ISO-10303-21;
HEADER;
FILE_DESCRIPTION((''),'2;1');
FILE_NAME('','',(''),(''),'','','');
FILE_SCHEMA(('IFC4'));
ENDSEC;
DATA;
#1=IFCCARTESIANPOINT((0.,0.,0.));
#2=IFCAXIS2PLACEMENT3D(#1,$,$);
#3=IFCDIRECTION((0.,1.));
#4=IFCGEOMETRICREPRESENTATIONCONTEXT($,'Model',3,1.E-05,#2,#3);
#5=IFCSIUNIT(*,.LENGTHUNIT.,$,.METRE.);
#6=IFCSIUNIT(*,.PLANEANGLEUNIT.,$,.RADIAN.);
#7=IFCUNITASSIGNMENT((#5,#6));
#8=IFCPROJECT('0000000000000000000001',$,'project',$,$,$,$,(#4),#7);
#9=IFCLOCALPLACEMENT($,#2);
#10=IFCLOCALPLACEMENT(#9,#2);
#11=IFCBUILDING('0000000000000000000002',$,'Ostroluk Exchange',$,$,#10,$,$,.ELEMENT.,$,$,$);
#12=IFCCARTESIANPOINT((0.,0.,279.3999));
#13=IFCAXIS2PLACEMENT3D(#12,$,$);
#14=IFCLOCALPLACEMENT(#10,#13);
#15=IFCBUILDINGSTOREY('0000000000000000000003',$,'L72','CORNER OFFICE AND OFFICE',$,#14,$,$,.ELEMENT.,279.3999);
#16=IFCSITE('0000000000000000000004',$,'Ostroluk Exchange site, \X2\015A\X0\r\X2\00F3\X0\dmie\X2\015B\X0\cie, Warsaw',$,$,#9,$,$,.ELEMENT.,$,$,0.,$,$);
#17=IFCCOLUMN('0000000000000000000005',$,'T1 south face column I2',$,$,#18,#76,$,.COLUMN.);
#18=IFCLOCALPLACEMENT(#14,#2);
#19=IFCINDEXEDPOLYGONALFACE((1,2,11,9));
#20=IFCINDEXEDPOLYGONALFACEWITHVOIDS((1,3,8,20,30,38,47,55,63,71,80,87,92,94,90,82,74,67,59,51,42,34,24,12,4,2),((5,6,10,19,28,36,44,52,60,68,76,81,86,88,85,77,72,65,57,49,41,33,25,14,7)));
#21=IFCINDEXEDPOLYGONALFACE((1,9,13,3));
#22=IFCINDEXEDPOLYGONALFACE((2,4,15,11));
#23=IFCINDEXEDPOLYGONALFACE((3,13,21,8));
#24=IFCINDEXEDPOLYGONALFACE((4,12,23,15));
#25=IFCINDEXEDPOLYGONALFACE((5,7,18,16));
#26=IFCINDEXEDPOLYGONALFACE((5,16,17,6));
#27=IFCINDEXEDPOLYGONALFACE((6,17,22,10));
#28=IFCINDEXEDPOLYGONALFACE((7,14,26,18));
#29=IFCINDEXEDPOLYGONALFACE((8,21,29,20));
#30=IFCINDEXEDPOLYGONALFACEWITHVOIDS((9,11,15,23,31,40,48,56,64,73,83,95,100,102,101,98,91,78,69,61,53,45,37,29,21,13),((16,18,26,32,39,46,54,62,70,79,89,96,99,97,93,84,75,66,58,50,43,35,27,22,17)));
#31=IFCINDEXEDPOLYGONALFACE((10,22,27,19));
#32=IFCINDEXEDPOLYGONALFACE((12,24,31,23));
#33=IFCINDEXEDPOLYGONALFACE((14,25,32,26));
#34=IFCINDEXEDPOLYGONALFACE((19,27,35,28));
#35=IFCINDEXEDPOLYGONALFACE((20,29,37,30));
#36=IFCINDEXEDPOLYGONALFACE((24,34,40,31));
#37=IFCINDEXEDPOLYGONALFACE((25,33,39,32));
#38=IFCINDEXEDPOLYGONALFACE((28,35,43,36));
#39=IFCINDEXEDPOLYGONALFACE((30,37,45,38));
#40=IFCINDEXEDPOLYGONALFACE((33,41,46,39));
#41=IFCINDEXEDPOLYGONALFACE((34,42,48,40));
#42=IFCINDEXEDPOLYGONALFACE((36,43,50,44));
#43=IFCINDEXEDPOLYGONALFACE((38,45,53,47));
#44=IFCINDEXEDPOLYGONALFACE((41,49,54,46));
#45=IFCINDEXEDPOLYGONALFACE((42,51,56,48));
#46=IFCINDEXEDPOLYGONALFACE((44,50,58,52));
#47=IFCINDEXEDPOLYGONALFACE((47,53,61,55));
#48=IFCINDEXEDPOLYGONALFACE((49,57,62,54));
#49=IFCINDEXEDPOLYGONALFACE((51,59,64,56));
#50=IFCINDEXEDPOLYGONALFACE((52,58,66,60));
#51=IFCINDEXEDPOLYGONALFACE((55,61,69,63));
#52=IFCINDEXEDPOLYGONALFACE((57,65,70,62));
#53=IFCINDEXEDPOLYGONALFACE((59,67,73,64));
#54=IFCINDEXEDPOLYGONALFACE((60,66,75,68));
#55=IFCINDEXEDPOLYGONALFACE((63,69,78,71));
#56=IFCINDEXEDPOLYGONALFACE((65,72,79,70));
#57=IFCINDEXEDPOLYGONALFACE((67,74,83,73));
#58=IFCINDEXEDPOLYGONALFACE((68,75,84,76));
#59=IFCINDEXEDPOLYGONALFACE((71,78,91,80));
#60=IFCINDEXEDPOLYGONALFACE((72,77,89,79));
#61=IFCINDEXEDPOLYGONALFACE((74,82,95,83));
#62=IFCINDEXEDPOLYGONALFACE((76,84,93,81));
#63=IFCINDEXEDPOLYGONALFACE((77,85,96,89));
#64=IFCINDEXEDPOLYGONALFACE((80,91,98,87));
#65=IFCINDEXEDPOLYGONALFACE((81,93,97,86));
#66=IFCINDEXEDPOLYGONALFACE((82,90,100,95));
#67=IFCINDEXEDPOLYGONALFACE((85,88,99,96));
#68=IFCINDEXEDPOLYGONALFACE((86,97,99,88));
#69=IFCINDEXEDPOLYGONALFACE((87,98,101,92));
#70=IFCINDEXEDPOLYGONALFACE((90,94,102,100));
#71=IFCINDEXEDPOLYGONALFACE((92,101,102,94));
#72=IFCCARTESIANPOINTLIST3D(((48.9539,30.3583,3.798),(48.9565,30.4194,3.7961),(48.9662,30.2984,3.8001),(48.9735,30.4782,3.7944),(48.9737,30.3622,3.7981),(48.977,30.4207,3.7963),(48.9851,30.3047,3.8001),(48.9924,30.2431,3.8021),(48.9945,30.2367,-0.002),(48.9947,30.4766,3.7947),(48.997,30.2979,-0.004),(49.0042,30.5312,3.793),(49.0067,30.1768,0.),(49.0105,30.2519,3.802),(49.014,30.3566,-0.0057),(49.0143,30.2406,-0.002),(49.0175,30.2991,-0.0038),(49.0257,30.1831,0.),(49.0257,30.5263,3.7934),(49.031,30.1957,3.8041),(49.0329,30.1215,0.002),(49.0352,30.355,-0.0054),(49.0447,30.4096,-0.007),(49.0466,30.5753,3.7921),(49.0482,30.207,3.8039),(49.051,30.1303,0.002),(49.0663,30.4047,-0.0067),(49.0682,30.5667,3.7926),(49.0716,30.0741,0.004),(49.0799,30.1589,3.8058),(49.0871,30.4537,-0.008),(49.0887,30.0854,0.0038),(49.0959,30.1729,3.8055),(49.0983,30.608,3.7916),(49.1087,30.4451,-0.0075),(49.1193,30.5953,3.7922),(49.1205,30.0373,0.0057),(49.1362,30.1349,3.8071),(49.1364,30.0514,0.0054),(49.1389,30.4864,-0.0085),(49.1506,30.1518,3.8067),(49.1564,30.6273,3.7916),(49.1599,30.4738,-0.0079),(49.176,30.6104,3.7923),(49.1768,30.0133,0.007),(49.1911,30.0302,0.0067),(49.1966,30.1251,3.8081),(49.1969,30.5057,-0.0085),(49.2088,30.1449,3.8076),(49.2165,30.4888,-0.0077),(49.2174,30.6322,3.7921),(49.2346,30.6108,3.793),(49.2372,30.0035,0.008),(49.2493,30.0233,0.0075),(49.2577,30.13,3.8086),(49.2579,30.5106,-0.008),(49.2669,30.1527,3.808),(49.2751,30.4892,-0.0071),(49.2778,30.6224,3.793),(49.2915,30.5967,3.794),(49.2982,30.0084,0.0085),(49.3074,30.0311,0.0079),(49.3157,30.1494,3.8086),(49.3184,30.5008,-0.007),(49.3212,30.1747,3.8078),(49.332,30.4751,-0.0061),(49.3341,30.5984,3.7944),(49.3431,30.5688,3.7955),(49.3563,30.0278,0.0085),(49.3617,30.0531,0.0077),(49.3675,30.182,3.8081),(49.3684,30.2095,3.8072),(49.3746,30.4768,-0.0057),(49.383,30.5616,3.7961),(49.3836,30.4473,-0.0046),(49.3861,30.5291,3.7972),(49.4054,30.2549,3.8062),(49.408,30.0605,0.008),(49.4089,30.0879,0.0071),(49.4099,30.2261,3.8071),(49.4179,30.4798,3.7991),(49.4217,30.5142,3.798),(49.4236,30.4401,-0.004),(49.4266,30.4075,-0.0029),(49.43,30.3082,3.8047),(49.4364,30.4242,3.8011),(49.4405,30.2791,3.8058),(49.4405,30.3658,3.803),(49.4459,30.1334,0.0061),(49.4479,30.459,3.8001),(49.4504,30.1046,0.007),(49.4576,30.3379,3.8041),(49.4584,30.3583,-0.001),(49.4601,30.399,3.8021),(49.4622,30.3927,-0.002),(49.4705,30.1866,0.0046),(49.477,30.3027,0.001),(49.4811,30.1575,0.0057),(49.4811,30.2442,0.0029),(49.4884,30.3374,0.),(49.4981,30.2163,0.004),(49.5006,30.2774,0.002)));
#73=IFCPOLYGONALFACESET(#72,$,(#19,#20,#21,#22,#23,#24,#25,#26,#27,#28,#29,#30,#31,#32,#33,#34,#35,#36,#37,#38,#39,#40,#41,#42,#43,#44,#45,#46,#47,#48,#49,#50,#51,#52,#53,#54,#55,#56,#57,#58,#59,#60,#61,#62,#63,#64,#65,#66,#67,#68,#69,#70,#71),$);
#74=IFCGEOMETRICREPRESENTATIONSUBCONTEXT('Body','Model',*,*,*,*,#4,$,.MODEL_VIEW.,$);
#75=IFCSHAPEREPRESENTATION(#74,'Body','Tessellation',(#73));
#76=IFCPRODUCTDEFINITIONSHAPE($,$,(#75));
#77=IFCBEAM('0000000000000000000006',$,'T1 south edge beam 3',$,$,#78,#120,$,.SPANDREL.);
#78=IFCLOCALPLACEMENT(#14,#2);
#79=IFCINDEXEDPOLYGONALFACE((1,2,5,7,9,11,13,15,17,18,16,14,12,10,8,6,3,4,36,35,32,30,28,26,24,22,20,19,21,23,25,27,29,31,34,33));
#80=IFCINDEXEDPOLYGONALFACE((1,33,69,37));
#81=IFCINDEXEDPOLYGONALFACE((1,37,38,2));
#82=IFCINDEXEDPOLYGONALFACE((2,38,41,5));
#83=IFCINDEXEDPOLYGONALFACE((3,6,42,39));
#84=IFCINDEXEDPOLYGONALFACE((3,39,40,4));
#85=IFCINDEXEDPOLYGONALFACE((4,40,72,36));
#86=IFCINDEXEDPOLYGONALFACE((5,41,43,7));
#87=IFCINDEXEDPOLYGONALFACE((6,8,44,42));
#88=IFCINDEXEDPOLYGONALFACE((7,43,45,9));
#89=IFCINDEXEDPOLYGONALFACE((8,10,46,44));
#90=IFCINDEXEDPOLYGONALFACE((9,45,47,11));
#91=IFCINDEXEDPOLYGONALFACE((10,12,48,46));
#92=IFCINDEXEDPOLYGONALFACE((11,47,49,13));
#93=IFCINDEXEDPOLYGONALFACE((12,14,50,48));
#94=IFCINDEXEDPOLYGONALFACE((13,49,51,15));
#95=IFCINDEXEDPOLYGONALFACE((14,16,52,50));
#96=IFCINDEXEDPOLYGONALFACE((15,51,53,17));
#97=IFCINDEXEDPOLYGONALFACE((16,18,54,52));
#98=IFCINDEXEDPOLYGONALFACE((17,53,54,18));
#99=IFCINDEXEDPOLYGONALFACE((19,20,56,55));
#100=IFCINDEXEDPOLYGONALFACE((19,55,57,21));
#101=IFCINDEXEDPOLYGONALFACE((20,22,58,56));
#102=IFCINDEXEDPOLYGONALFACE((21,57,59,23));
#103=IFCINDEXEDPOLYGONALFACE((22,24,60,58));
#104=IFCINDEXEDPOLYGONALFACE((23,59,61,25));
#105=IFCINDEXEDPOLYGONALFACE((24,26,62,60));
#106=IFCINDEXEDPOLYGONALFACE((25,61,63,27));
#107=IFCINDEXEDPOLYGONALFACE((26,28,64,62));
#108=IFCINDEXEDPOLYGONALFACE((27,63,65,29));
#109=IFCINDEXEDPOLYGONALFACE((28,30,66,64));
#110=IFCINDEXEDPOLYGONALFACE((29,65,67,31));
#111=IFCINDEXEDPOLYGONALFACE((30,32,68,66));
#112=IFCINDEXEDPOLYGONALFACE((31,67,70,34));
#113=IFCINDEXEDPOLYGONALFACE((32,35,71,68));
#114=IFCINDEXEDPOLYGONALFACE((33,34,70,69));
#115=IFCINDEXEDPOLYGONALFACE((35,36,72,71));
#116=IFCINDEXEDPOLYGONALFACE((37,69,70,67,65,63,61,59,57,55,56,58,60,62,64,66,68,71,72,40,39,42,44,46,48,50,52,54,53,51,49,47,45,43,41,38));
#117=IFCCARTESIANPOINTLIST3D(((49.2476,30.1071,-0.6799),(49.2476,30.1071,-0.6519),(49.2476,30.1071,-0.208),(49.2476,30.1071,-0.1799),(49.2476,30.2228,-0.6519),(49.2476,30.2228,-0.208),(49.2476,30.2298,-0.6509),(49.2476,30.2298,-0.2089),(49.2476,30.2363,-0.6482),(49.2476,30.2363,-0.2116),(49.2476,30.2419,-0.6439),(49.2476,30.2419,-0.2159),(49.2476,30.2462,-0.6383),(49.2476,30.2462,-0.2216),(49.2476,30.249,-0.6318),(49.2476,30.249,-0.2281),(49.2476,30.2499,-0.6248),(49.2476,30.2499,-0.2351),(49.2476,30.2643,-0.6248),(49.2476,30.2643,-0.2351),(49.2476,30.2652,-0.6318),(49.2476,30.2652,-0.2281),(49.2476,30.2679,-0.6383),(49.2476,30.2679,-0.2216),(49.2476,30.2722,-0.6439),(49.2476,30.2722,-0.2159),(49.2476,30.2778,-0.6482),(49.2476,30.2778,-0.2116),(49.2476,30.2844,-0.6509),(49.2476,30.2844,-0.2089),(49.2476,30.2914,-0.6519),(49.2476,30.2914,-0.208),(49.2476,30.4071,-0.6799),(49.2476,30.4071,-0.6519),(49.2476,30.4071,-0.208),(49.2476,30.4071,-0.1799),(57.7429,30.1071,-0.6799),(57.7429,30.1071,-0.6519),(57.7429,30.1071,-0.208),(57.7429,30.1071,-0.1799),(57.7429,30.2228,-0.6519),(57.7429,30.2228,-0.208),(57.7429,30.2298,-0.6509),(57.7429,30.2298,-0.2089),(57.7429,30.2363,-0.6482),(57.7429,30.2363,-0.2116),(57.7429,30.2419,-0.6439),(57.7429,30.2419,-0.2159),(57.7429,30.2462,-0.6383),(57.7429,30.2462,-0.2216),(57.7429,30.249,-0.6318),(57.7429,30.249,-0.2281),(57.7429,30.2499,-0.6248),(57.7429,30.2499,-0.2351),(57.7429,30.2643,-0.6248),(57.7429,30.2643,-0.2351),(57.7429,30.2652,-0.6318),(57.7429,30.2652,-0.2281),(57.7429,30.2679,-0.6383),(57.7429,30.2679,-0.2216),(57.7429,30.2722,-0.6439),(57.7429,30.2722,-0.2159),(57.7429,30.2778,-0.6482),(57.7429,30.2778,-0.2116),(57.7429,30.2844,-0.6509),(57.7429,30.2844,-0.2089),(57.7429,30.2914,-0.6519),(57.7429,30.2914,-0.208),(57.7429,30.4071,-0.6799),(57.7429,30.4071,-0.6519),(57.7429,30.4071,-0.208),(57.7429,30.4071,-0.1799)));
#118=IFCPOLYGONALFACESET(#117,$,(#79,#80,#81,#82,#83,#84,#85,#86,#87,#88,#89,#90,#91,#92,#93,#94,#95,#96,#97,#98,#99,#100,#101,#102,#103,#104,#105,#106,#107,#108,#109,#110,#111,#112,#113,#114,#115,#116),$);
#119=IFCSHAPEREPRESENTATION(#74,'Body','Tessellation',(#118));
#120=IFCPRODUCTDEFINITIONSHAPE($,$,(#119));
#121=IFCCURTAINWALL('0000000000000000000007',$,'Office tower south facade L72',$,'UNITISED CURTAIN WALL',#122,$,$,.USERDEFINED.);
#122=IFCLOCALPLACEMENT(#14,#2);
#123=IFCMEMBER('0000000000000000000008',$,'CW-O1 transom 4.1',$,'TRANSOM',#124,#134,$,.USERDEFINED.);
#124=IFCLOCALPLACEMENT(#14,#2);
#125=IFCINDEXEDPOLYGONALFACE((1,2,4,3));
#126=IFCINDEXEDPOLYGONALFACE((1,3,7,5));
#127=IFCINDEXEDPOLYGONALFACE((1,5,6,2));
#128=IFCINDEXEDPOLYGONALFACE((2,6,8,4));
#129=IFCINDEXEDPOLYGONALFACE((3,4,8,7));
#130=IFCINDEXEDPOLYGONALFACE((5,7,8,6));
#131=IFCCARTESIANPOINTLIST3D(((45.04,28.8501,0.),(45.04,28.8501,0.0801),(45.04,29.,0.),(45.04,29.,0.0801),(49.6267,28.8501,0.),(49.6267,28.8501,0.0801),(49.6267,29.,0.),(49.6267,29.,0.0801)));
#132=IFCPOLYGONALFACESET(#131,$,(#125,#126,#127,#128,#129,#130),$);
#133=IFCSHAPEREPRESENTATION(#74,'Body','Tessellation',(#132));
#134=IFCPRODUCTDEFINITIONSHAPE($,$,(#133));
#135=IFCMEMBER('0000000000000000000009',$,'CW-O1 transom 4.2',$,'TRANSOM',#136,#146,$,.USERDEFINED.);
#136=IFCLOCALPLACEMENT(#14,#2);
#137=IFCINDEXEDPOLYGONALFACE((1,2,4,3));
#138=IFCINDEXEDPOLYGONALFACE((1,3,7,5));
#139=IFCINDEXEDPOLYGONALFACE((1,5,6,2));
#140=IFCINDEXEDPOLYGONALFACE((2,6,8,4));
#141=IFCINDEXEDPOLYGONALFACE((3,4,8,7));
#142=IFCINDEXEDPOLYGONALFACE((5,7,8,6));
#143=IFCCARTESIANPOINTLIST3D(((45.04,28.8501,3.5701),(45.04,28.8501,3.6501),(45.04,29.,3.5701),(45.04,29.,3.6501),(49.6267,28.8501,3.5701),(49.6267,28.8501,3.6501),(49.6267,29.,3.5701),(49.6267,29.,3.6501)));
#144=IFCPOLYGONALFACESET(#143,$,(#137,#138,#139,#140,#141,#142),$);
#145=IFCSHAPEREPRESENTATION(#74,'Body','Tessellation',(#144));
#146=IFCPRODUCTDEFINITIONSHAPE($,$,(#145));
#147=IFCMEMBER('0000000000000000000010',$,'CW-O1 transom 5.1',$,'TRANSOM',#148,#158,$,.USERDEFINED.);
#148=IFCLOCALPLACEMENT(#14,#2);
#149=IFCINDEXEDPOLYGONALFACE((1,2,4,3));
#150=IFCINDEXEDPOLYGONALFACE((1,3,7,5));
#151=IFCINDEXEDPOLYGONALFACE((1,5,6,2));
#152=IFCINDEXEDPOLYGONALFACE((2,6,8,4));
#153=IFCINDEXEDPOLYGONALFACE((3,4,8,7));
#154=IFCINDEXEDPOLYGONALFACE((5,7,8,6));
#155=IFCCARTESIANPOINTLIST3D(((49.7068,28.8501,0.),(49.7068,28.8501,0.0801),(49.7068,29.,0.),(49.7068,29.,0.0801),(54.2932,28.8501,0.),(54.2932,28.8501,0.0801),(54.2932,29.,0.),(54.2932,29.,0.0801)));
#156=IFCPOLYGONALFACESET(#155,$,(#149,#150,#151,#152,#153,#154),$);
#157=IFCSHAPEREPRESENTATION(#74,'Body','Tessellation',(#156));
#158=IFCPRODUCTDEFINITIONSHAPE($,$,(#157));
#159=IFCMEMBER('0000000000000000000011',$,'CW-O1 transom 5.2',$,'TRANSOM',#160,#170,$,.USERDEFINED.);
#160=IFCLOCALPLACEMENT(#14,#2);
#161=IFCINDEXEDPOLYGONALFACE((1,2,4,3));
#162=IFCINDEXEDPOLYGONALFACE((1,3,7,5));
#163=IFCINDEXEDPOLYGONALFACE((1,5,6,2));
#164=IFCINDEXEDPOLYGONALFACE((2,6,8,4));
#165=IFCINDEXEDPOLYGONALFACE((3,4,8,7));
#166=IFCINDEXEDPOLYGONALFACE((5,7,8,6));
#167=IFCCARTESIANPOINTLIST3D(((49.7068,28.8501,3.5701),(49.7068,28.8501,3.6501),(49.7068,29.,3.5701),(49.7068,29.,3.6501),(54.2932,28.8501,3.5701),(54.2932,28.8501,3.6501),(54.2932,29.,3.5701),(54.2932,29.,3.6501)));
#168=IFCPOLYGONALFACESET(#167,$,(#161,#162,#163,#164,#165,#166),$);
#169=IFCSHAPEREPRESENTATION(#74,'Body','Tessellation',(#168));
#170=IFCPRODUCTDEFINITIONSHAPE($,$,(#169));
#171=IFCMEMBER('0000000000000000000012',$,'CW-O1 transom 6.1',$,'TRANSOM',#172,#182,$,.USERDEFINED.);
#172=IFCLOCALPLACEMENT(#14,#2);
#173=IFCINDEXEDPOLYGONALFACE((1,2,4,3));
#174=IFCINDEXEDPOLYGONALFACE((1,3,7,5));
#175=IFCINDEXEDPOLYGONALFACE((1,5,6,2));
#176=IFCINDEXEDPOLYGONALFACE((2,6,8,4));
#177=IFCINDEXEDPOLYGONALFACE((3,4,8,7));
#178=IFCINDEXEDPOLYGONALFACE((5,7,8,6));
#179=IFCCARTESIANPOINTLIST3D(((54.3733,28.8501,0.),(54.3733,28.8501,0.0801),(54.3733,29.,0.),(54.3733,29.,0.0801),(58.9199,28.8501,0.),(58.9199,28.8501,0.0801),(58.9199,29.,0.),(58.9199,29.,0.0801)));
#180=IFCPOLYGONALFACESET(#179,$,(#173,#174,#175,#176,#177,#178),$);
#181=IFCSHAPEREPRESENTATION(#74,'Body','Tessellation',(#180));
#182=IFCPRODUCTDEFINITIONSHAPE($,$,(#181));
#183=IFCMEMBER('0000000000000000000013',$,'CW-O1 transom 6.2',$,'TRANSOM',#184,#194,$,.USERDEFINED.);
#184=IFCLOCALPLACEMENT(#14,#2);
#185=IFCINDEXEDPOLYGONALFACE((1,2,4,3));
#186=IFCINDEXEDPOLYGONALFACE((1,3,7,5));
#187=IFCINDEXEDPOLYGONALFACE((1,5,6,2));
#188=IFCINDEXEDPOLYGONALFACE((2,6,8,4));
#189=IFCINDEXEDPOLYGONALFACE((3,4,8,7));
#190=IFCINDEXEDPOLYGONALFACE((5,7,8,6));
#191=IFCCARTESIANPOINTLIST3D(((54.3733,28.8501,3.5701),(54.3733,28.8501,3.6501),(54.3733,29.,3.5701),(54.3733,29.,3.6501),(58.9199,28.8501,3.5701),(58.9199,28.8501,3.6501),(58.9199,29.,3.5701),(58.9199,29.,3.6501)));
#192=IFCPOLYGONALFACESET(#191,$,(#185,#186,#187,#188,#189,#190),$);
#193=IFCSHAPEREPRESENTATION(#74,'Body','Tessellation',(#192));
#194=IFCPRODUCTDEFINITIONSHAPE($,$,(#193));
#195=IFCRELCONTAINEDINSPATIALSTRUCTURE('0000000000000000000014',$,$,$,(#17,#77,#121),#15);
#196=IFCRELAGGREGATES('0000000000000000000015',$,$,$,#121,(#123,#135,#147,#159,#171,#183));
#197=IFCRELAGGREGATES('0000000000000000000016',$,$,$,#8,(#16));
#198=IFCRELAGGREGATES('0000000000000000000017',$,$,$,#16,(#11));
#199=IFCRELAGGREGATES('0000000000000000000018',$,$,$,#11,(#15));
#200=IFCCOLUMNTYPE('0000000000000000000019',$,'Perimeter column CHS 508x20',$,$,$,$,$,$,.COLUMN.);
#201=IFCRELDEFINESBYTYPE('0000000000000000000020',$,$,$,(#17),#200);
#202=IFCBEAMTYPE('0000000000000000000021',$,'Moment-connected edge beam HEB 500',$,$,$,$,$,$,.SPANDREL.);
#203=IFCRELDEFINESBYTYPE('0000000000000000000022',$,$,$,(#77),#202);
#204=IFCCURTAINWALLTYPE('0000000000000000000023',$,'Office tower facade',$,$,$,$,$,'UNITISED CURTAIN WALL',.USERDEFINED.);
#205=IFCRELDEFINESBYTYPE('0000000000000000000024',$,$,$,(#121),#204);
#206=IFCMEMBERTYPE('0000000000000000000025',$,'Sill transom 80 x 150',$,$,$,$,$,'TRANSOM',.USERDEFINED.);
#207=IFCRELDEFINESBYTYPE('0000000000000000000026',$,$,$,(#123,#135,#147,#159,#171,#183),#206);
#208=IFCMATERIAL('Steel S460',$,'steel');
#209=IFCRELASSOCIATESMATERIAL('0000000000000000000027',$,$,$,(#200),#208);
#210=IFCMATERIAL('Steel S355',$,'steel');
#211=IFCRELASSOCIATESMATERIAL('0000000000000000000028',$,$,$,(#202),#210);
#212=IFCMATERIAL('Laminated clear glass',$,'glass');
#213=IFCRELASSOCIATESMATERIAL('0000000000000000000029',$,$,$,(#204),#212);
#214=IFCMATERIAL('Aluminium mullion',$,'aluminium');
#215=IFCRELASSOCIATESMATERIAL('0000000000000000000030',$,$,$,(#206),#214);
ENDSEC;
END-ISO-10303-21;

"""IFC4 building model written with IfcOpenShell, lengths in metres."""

from ifc_helpers import new_model, si_unit, direction, frame, origin, origin_2d, place, context, subcontext, project, spatial, rectangle, hollow_circle, i_section, extrude, material, material_profile, profile_set, type_object, element, aggregate, save


model = new_model("IFC4")

# Units and contexts
model_context = context("Model", 3, precision=1e-05, world=origin(), true_north=direction((0.0, 1.0)))
body_context = subcontext(model_context, "Body", "Model", "MODEL_VIEW")
ifc_project = project(units=[si_unit("LENGTHUNIT", "METRE"), si_unit("PLANEANGLEUNIT", "RADIAN")], contexts=[model_context])

# Site, building, storey
site_placement = place(None, origin())
site = spatial("IfcSite", under=ifc_project, at=site_placement, Name="Ostroluk Exchange site, Śródmieście, Warsaw", CompositionType="ELEMENT", RefElevation=0.0)
building_placement = place(site_placement, origin())
building = spatial("IfcBuilding", under=site, at=building_placement, Name="Ostroluk Exchange", CompositionType="ELEMENT")
storey_placement = place(building_placement, frame((0.0, 0.0, 279.3999)))
storey = spatial("IfcBuildingStorey", under=building, at=storey_placement, Name="L72", Description="CORNER OFFICE AND OFFICE", CompositionType="ELEMENT", Elevation=279.3999)

# Column
ifc_material_1 = material(Name="Steel S460", Category="steel")
ifc_material_profile_1 = material_profile(ifc_material_1, hollow_circle(Radius=0.2539, WallThickness=0.02, at=origin_2d()), Name="CHS 508x20")
ifc_profile_set_1 = profile_set([ifc_material_profile_1], Name="Steel S460")
column_type = type_object("IfcColumnType", Name="Perimeter column CHS 508x20", PredefinedType="COLUMN", material=ifc_profile_set_1)
column_placement = place(storey_placement, frame((49.2476, 30.2571, 0.0), z_axis=(-0.010659, 0.031977, 0.999432), x_axis=(-0.948683, -0.316228, 0.0)))
element("IfcColumn", 1, at=column_placement, inside=storey, type_object=column_type, Name="T1 south face column I2", PredefinedType="COLUMN", context=body_context, shape_type="SweptSolid", body=[
    extrude(hollow_circle(Radius=0.2539, WallThickness=0.02, at=origin_2d()), origin(), (0.0, 0.0, 1.0), 3.8022),
])

# Beam
ifc_material_2 = material(Name="Steel S355", Category="steel")
ifc_material_profile_2 = material_profile(ifc_material_2, i_section(OverallWidth=0.3, OverallDepth=0.5, WebThickness=0.0144, FlangeThickness=0.0281, FilletRadius=0.0271, at=origin_2d()), Name="HEB 500")
ifc_profile_set_2 = profile_set([ifc_material_profile_2], Name="Steel S355")
beam_type = type_object("IfcBeamType", Name="Moment-connected edge beam HEB 500", PredefinedType="SPANDREL", material=ifc_profile_set_2)
beam_placement = place(storey_placement, frame((49.2476, 30.2571, -0.4299), z_axis=(1.0, 0.0, 0.0), x_axis=(0.0, 1.0, 0.0)))
element("IfcBeam", 2, at=beam_placement, inside=storey, type_object=beam_type, Name="T1 south edge beam 3", PredefinedType="SPANDREL", context=body_context, shape_type="SweptSolid", body=[
    extrude(i_section(OverallWidth=0.3, OverallDepth=0.5, WebThickness=0.0144, FlangeThickness=0.0281, FilletRadius=0.0271, at=origin_2d()), origin(), (0.0, 0.0, 1.0), 8.4954),
])

# Curtain wall, members
ifc_material_3 = material(Name="Laminated clear glass", Category="glass")
curtain_wall_type = type_object("IfcCurtainWallType", Name="Office tower facade", ElementType="UNITISED CURTAIN WALL", PredefinedType="USERDEFINED", material=ifc_material_3)
curtain_wall_placement = place(storey_placement, origin())
curtain_wall = element("IfcCurtainWall", 3, at=curtain_wall_placement, inside=storey, type_object=curtain_wall_type, Name="Office tower south facade L72", ObjectType="UNITISED CURTAIN WALL", PredefinedType="USERDEFINED")
ifc_material_4 = material(Name="Aluminium mullion", Category="aluminium")
ifc_material_profile_3 = material_profile(ifc_material_4, rectangle(XDim=0.1499, YDim=0.0801, at=origin_2d()), Name="Sill transom 80 x 150")
ifc_profile_set_3 = profile_set([ifc_material_profile_3], Name="Aluminium mullion")
member_type_1 = type_object("IfcMemberType", Name="Sill transom 80 x 150", ElementType="TRANSOM", PredefinedType="USERDEFINED", material=ifc_profile_set_3)
member_1_placement = place(storey_placement, frame((45.04, 28.925, 0.04), z_axis=(1.0, 0.0, 0.0), x_axis=(0.0, 1.0, 0.0)))
member_1 = element("IfcMember", 4, at=member_1_placement, type_object=member_type_1, Name="CW-O1 transom 4.1", ObjectType="TRANSOM", PredefinedType="USERDEFINED", context=body_context, shape_type="SweptSolid", body=[
    extrude(rectangle(XDim=0.1499, YDim=0.0801, at=origin_2d()), origin(), (0.0, 0.0, 1.0), 4.5867),
])
member_2_placement = place(storey_placement, frame((45.04, 28.925, 3.6101), z_axis=(1.0, 0.0, 0.0), x_axis=(0.0, 1.0, 0.0)))
member_2 = element("IfcMember", 5, at=member_2_placement, type_object=member_type_1, Name="CW-O1 transom 4.2", ObjectType="TRANSOM", PredefinedType="USERDEFINED", context=body_context, shape_type="SweptSolid", body=[
    extrude(rectangle(XDim=0.1499, YDim=0.0801, at=origin_2d()), origin(), (0.0, 0.0, 1.0), 4.5867),
])
member_3_placement = place(storey_placement, frame((49.7068, 28.925, 0.04), z_axis=(1.0, 0.0, 0.0), x_axis=(0.0, 1.0, 0.0)))
member_3 = element("IfcMember", 6, at=member_3_placement, type_object=member_type_1, Name="CW-O1 transom 5.1", ObjectType="TRANSOM", PredefinedType="USERDEFINED", context=body_context, shape_type="SweptSolid", body=[
    extrude(rectangle(XDim=0.1499, YDim=0.0801, at=origin_2d()), origin(), (0.0, 0.0, 1.0), 4.5864),
])
member_4_placement = place(storey_placement, frame((49.7068, 28.925, 3.6101), z_axis=(1.0, 0.0, 0.0), x_axis=(0.0, 1.0, 0.0)))
member_4 = element("IfcMember", 7, at=member_4_placement, type_object=member_type_1, Name="CW-O1 transom 5.2", ObjectType="TRANSOM", PredefinedType="USERDEFINED", context=body_context, shape_type="SweptSolid", body=[
    extrude(rectangle(XDim=0.1499, YDim=0.0801, at=origin_2d()), origin(), (0.0, 0.0, 1.0), 4.5864),
])
member_5_placement = place(storey_placement, frame((54.3733, 28.925, 0.04), z_axis=(1.0, 0.0, 0.0), x_axis=(0.0, 1.0, 0.0)))
member_5 = element("IfcMember", 8, at=member_5_placement, type_object=member_type_1, Name="CW-O1 transom 6.1", ObjectType="TRANSOM", PredefinedType="USERDEFINED", context=body_context, shape_type="SweptSolid", body=[
    extrude(rectangle(XDim=0.1499, YDim=0.0801, at=origin_2d()), origin(), (0.0, 0.0, 1.0), 4.5466),
])
member_6_placement = place(storey_placement, frame((54.3733, 28.925, 3.6101), z_axis=(1.0, 0.0, 0.0), x_axis=(0.0, 1.0, 0.0)))
member_6 = element("IfcMember", 9, at=member_6_placement, type_object=member_type_1, Name="CW-O1 transom 6.2", ObjectType="TRANSOM", PredefinedType="USERDEFINED", context=body_context, shape_type="SweptSolid", body=[
    extrude(rectangle(XDim=0.1499, YDim=0.0801, at=origin_2d()), origin(), (0.0, 0.0, 1.0), 4.5466),
])
aggregate(curtain_wall, [member_1, member_2, member_3, member_4, member_5, member_6])

save(model, "model.ifc")
